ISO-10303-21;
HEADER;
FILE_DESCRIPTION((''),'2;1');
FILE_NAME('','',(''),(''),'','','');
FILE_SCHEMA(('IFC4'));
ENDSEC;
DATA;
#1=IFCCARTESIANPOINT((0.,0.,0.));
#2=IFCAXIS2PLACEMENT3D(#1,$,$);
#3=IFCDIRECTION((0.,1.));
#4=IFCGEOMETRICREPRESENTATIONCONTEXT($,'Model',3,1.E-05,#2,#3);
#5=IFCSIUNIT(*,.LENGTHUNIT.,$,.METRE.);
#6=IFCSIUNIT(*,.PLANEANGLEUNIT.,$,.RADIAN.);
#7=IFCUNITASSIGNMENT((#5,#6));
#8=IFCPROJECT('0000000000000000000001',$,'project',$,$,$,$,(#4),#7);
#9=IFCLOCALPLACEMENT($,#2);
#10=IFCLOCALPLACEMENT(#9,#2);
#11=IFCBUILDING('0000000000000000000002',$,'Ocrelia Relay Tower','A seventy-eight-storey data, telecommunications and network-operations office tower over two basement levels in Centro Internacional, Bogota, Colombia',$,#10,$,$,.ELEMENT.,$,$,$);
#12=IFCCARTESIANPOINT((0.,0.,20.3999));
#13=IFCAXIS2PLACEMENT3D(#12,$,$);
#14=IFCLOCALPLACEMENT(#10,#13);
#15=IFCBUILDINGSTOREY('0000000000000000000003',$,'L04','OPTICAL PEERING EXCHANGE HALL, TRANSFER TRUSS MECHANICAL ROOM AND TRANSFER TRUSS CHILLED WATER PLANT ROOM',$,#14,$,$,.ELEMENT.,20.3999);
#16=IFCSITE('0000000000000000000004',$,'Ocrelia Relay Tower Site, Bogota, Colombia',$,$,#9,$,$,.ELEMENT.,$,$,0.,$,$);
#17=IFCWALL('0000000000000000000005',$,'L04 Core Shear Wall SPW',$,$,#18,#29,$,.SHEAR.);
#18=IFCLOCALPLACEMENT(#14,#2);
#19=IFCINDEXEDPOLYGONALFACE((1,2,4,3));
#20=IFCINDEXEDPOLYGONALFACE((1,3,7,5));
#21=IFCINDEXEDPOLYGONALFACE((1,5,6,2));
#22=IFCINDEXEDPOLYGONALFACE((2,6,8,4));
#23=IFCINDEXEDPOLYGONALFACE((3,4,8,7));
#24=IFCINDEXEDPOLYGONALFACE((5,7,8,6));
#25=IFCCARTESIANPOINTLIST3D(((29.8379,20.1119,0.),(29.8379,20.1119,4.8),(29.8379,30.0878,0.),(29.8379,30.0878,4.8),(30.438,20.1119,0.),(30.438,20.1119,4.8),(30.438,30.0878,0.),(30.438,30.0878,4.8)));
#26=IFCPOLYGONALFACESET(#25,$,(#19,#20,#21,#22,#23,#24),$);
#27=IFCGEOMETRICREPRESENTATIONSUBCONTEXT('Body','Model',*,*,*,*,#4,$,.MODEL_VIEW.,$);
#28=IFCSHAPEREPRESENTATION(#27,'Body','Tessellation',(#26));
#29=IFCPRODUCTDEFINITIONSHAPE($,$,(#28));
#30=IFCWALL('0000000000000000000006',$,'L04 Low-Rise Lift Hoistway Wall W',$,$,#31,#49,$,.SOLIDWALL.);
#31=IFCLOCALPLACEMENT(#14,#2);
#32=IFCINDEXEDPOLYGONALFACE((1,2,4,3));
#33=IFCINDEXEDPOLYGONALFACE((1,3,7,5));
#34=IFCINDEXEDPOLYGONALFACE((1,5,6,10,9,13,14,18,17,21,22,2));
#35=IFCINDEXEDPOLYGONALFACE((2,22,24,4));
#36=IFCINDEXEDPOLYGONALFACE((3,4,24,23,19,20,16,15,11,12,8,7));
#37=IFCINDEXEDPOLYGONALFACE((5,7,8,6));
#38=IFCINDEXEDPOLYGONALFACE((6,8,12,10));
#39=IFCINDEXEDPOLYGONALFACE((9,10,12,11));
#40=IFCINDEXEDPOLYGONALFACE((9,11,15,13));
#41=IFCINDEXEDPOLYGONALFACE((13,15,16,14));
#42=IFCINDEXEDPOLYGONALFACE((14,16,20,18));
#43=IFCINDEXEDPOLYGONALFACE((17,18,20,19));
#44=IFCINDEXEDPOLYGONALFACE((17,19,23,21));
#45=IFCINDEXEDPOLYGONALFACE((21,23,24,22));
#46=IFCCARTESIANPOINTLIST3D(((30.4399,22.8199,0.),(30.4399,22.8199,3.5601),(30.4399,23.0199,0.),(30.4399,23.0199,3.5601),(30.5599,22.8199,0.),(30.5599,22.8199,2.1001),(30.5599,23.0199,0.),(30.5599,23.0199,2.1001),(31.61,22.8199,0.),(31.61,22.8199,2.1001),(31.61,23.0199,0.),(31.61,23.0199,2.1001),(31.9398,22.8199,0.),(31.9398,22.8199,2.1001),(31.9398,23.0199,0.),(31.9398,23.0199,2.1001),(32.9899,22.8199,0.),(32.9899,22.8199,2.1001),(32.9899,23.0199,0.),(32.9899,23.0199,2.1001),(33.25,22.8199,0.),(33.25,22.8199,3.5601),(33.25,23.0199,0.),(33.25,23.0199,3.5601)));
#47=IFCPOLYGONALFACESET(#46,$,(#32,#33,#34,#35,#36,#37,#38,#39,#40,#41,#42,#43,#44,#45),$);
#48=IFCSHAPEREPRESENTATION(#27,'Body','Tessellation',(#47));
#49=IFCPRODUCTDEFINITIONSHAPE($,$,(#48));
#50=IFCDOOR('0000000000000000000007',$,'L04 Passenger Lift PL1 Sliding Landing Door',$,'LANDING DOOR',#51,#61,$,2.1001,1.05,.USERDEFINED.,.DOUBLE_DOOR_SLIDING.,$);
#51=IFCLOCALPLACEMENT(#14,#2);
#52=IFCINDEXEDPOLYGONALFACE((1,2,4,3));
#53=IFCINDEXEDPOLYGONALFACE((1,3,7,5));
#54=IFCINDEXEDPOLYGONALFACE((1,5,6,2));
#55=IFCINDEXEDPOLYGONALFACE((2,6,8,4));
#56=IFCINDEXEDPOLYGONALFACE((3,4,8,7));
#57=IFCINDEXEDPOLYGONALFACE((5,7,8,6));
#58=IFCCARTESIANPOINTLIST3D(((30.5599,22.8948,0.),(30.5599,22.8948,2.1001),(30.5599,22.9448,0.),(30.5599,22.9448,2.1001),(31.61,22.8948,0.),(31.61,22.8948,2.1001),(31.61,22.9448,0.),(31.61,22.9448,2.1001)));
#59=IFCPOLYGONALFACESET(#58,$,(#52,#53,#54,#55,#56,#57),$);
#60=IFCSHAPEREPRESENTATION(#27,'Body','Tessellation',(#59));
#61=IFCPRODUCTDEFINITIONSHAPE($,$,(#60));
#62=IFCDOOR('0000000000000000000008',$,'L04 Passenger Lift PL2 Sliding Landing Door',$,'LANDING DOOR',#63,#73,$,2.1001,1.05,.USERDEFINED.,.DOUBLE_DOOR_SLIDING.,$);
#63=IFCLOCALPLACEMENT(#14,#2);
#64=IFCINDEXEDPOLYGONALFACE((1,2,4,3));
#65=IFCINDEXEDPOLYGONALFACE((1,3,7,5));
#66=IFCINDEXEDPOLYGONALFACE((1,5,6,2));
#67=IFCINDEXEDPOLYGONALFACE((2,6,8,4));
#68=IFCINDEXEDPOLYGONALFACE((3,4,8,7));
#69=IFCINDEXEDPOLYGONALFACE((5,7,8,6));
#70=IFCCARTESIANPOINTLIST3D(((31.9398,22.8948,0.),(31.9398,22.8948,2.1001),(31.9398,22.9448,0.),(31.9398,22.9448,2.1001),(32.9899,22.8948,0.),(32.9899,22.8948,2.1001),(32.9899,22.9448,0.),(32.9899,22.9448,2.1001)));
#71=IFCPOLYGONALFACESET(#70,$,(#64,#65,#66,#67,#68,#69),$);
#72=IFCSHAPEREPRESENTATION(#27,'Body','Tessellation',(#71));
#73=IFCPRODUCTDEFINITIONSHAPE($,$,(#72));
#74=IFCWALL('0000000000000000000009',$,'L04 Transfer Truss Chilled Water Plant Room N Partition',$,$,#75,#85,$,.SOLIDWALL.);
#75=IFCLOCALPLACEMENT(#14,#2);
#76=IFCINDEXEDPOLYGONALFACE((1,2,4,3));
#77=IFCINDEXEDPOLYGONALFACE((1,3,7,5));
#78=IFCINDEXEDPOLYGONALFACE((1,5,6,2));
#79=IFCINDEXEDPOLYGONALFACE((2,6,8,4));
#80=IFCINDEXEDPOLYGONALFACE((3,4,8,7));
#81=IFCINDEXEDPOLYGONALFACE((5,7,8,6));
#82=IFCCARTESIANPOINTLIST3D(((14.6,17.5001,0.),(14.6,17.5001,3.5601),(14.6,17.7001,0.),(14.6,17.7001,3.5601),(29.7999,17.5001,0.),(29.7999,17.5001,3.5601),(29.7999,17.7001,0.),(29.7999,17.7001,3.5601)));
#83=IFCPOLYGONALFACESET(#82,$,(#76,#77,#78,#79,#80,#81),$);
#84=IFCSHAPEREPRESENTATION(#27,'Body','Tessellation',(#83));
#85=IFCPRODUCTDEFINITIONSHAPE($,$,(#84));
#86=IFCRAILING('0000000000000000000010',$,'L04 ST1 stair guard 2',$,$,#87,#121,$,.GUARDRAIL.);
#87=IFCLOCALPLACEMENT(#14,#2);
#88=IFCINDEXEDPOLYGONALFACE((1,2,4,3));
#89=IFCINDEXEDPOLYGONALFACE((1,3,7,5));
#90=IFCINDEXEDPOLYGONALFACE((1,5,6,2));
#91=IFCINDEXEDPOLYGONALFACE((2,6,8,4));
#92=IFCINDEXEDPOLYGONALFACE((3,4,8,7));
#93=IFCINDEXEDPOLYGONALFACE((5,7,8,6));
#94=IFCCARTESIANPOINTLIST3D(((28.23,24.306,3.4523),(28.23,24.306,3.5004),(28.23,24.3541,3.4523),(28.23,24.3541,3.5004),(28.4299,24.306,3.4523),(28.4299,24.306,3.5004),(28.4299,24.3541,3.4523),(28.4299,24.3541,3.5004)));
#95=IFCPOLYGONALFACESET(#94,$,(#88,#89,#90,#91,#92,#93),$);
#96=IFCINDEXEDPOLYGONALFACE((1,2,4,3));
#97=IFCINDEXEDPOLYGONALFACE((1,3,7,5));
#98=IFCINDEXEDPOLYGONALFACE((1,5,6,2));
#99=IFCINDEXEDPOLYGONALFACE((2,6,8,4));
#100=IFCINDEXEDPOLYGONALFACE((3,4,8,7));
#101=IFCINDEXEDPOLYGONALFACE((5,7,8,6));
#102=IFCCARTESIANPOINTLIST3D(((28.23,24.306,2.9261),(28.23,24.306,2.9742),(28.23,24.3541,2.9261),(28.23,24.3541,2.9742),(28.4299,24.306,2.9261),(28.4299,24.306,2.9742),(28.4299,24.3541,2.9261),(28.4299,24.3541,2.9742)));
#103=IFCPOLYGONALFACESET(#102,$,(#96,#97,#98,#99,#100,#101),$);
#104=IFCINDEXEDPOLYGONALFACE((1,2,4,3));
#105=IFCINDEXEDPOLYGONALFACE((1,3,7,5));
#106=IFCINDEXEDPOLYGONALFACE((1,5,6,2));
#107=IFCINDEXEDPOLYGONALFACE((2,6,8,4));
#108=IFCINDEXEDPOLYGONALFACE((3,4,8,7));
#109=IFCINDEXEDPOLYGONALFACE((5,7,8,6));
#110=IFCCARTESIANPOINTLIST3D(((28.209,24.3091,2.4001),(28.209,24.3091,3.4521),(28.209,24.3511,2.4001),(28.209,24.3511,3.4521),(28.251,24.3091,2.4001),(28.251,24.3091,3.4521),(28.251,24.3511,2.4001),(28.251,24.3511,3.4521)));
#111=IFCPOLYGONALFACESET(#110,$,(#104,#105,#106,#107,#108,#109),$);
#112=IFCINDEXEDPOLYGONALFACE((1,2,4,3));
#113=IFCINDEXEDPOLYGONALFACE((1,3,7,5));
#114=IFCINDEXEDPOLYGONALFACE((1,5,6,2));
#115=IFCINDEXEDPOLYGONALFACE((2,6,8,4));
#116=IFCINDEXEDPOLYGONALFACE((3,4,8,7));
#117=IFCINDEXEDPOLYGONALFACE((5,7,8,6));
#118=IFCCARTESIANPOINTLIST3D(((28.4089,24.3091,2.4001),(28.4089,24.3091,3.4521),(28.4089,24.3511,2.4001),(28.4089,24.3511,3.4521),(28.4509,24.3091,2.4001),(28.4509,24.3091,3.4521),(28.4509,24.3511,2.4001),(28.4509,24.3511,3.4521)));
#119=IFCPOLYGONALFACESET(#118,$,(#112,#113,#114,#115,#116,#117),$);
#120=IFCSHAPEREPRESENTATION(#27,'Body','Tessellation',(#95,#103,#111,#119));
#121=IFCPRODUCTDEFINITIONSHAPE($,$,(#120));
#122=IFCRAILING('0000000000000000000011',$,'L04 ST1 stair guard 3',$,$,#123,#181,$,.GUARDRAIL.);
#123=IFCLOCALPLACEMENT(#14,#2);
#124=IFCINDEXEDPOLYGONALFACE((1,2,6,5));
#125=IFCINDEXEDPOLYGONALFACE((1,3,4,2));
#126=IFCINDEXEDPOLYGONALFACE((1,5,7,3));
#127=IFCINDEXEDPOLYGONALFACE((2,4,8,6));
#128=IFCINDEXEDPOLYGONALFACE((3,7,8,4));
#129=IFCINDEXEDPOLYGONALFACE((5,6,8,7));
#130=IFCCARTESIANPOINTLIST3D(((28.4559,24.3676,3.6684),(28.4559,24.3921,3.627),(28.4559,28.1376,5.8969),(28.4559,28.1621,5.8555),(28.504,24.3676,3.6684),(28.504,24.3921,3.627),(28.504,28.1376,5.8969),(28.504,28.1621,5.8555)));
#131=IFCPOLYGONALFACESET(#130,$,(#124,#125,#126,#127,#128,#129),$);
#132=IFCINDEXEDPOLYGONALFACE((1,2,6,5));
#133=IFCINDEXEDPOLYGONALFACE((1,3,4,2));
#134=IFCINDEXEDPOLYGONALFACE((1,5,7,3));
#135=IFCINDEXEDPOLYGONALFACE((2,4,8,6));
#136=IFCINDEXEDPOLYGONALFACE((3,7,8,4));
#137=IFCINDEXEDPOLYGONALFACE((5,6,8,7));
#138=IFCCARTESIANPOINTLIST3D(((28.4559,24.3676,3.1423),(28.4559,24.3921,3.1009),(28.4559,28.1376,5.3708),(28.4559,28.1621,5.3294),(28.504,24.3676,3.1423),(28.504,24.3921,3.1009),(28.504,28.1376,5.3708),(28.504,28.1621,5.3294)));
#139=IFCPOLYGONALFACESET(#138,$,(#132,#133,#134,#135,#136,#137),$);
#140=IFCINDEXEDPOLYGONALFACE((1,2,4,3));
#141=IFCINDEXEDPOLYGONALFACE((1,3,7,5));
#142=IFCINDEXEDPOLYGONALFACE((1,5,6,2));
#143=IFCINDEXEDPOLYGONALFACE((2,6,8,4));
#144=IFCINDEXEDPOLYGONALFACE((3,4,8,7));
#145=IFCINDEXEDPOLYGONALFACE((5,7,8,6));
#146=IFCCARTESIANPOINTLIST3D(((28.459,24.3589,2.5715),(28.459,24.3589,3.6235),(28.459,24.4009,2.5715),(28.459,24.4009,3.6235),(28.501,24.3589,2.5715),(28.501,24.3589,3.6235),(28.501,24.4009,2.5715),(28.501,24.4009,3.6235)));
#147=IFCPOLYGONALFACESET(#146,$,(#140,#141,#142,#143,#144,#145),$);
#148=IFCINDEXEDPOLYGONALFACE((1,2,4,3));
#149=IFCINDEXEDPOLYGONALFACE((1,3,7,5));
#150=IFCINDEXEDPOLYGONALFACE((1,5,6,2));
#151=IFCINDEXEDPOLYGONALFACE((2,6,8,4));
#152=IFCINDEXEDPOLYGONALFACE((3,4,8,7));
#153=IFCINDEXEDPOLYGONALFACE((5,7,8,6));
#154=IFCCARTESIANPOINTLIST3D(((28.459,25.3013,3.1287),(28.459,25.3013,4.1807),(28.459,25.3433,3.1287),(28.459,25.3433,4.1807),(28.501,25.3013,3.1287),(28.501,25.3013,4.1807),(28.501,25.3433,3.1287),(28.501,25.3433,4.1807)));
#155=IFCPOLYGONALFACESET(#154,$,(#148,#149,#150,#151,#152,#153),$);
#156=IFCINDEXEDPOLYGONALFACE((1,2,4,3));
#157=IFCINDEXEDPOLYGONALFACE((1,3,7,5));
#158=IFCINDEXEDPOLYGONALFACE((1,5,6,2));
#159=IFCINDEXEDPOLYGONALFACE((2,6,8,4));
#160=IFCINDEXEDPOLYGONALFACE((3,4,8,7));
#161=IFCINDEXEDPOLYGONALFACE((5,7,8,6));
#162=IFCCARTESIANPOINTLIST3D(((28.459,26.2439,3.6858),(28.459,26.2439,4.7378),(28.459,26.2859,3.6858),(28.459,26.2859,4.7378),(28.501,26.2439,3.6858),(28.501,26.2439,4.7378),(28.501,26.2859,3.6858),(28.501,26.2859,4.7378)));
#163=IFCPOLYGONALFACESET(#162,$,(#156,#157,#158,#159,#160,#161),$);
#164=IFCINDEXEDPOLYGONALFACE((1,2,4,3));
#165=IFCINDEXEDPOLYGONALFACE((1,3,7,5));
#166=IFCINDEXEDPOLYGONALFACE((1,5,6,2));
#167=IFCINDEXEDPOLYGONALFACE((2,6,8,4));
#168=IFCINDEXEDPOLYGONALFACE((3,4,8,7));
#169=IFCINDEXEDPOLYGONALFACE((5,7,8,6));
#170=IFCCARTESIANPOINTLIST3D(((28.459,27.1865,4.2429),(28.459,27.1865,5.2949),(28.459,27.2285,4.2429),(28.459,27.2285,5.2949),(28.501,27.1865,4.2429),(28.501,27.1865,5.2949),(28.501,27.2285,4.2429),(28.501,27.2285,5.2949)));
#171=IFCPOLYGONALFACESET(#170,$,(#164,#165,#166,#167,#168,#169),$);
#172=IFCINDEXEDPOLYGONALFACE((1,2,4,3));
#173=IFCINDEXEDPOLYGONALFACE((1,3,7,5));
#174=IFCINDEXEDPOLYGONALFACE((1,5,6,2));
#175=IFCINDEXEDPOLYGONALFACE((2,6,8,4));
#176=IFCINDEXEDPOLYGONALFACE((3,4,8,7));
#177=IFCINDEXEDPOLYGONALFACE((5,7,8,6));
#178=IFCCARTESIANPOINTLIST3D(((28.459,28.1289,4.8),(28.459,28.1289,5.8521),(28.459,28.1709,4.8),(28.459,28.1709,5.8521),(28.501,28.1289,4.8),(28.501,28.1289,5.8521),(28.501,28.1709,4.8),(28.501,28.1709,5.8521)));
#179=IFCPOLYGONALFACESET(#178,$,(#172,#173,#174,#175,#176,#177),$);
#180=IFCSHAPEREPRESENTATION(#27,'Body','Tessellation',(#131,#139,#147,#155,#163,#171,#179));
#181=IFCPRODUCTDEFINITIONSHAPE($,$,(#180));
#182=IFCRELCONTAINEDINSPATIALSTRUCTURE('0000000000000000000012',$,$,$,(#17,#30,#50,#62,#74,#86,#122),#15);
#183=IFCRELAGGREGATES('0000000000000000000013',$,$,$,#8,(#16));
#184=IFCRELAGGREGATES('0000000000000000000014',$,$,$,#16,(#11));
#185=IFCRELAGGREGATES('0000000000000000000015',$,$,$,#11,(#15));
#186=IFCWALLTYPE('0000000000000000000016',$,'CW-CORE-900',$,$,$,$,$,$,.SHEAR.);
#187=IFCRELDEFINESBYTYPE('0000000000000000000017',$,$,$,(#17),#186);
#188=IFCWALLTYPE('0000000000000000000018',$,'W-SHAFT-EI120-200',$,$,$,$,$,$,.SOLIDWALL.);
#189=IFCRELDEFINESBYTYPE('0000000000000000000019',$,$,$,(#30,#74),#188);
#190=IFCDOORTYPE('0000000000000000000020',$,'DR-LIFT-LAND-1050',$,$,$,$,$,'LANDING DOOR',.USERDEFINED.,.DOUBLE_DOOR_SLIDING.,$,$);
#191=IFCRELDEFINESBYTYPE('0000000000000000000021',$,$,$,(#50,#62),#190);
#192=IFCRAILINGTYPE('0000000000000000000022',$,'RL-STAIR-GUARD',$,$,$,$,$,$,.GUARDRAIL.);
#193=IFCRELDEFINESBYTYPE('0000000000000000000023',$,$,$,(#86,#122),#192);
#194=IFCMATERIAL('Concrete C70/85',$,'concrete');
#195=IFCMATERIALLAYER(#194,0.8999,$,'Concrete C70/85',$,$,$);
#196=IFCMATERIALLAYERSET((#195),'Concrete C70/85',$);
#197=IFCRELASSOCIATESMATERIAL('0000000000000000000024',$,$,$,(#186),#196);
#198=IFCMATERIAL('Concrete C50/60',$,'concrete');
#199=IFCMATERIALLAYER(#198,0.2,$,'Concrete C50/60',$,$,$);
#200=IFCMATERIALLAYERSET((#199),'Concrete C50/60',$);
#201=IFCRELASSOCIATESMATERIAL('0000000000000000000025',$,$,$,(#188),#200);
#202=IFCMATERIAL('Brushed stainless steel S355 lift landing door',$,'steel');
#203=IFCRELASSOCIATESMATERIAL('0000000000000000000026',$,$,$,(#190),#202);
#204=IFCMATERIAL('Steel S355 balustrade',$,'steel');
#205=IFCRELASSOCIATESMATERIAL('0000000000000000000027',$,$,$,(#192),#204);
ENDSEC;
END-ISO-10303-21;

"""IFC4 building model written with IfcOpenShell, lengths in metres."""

from ifc_helpers import new_model, si_unit, direction, frame, frame_2d, origin, origin_2d, place, context, subcontext, project, spatial, rectangle, extrude, material, layer, layer_set, type_object, element, fill, save


model = new_model("IFC4")

# Units and contexts
model_context = context("Model", 3, precision=1e-05, world=origin(), true_north=direction((0.0, 1.0)))
body_context = subcontext(model_context, "Body", "Model", "MODEL_VIEW")
ifc_project = project(units=[si_unit("LENGTHUNIT", "METRE"), si_unit("PLANEANGLEUNIT", "RADIAN")], contexts=[model_context])

# Site, building, storey
site_placement = place(None, origin())
site = spatial("IfcSite", under=ifc_project, at=site_placement, Name="Ocrelia Relay Tower Site, Bogota, Colombia", CompositionType="ELEMENT", RefElevation=0.0)
building_placement = place(site_placement, origin())
building = spatial("IfcBuilding", under=site, at=building_placement, Name="Ocrelia Relay Tower", Description="A seventy-eight-storey data, telecommunications and network-operations office tower over two basement levels in Centro Internacional, Bogota, Colombia", CompositionType="ELEMENT")
storey_placement = place(building_placement, frame((0.0, 0.0, 20.3999)))
storey = spatial("IfcBuildingStorey", under=building, at=storey_placement, Name="L04", Description="OPTICAL PEERING EXCHANGE HALL, TRANSFER TRUSS MECHANICAL ROOM AND TRANSFER TRUSS CHILLED WATER PLANT ROOM", CompositionType="ELEMENT", Elevation=20.3999)

# Shared definitions
ifc_material_1 = material(Name="Concrete C70/85", Category="concrete")

# Wall
ifc_layer_1 = layer(ifc_material_1, 0.8999, Name="Concrete C70/85")
ifc_layer_set_1 = layer_set([ifc_layer_1], Name="Concrete C70/85")
wall_type_1 = type_object("IfcWallType", Name="CW-CORE-900", PredefinedType="SHEAR", material=ifc_layer_set_1)
wall_1_placement = place(storey_placement, frame((30.1379, 20.1121, 0.0), z_axis=(0.0, 0.0, 1.0), x_axis=(0.0, 1.0, 0.0)))
element("IfcWall", 1, at=wall_1_placement, inside=storey, type_object=wall_type_1, Name="L04 Core Shear Wall SPW", PredefinedType="SHEAR", context=body_context, shape_type="SweptSolid", body=[
    extrude(rectangle(XDim=9.9758, YDim=0.6001, at=frame_2d((4.9878, 0.0))), origin(), (0.0, 0.0, 1.0), 4.8),
])

# Wall, openings, doors
ifc_material_2 = material(Name="Concrete C50/60", Category="concrete")
ifc_layer_2 = layer(ifc_material_2, 0.2, Name="Concrete C50/60")
ifc_layer_set_2 = layer_set([ifc_layer_2], Name="Concrete C50/60")
wall_type_2 = type_object("IfcWallType", Name="W-SHAFT-EI120-200", PredefinedType="SOLIDWALL", material=ifc_layer_set_2)
wall_2_placement = place(storey_placement, frame((30.4399, 22.9199, 0.0), z_axis=(0.0, 0.0, 1.0), x_axis=(1.0, 0.0, 0.0)))
wall_2 = element("IfcWall", 2, at=wall_2_placement, inside=storey, type_object=wall_type_2, Name="L04 Low-Rise Lift Hoistway Wall W", PredefinedType="SOLIDWALL", context=body_context, shape_type="SweptSolid", body=[
    extrude(rectangle(XDim=2.8101, YDim=0.2, at=frame_2d((1.405, 0.0))), origin(), (0.0, 0.0, 1.0), 3.5601),
])
opening_1_placement = place(wall_2_placement, frame((0.1201, 0.0, 0.0)))
opening_1 = element("IfcOpeningElement", 3, at=opening_1_placement, cuts=wall_2, PredefinedType="OPENING", context=body_context, shape_type="SweptSolid", body=[
    extrude(rectangle(XDim=1.05, YDim=2.1001, at=frame_2d((0.5249, 1.05))), frame((0.0, 0.1099, 0.0), z_axis=(0.0, -1.0, 0.0), x_axis=(1.0, 0.0, 0.0)), (0.0, 0.0, 1.0), 0.22),
])
opening_2_placement = place(wall_2_placement, frame((1.5, 0.0, 0.0)))
opening_2 = element("IfcOpeningElement", 4, at=opening_2_placement, cuts=wall_2, PredefinedType="OPENING", context=body_context, shape_type="SweptSolid", body=[
    extrude(rectangle(XDim=1.05, YDim=2.1001, at=frame_2d((0.5249, 1.05))), frame((0.0, 0.1099, 0.0), z_axis=(0.0, -1.0, 0.0), x_axis=(1.0, 0.0, 0.0)), (0.0, 0.0, 1.0), 0.22),
])
ifc_material_3 = material(Name="Brushed stainless steel S355 lift landing door", Category="steel")
door_type = type_object("IfcDoorType", Name="DR-LIFT-LAND-1050", ElementType="LANDING DOOR", OperationType="DOUBLE_DOOR_SLIDING", PredefinedType="USERDEFINED", material=ifc_material_3)
door_1_placement = place(opening_1_placement, origin())
door_1 = element("IfcDoor", 5, at=door_1_placement, inside=storey, type_object=door_type, Name="L04 Passenger Lift PL1 Sliding Landing Door", ObjectType="LANDING DOOR", OperationType="DOUBLE_DOOR_SLIDING", OverallHeight=2.1001, OverallWidth=1.05, PredefinedType="USERDEFINED", context=body_context, shape_type="SweptSolid", body=[
    extrude(rectangle(XDim=1.05, YDim=2.1001, at=frame_2d((0.5249, 1.05))), frame((0.0, 0.0249, 0.0), z_axis=(0.0, -1.0, 0.0), x_axis=(1.0, 0.0, 0.0)), (0.0, 0.0, 1.0), 0.05),
])
fill(opening_1, door_1)
door_2_placement = place(opening_2_placement, origin())
door_2 = element("IfcDoor", 6, at=door_2_placement, inside=storey, type_object=door_type, Name="L04 Passenger Lift PL2 Sliding Landing Door", ObjectType="LANDING DOOR", OperationType="DOUBLE_DOOR_SLIDING", OverallHeight=2.1001, OverallWidth=1.05, PredefinedType="USERDEFINED", context=body_context, shape_type="SweptSolid", body=[
    extrude(rectangle(XDim=1.05, YDim=2.1001, at=frame_2d((0.5249, 1.05))), frame((0.0, 0.0249, 0.0), z_axis=(0.0, -1.0, 0.0), x_axis=(1.0, 0.0, 0.0)), (0.0, 0.0, 1.0), 0.05),
])
fill(opening_2, door_2)

# Wall
wall_3_placement = place(storey_placement, frame((29.8, 17.6001, 0.0), z_axis=(0.0, 0.0, 1.0), x_axis=(-1.0, 0.0, 0.0)))
element("IfcWall", 7, at=wall_3_placement, inside=storey, type_object=wall_type_2, Name="L04 Transfer Truss Chilled Water Plant Room N Partition", PredefinedType="SOLIDWALL", context=body_context, shape_type="SweptSolid", body=[
    extrude(rectangle(XDim=15.2, YDim=0.2, at=frame_2d((7.6001, 0.0))), origin(), (0.0, 0.0, 1.0), 3.5601),
])

# Railings
ifc_material_4 = material(Name="Steel S355 balustrade", Category="steel")
railing_type = type_object("IfcRailingType", Name="RL-STAIR-GUARD", PredefinedType="GUARDRAIL", material=ifc_material_4)
railing_1_placement = place(storey_placement, frame((28.23, 24.3301, 2.4001)))
element("IfcRailing", 8, at=railing_1_placement, inside=storey, type_object=railing_type, Name="L04 ST1 stair guard 2", PredefinedType="GUARDRAIL", context=body_context, shape_type="SweptSolid", body=[
    extrude(rectangle(XDim=0.0481, YDim=0.0481, at=origin_2d()), frame((0.0, 0.0, 1.0762), z_axis=(1.0, 0.0, 0.0), x_axis=(0.0, 1.0, 0.0)), (0.0, 0.0, 1.0), 0.2),
    extrude(rectangle(XDim=0.0481, YDim=0.0481, at=origin_2d()), frame((0.0, 0.0, 0.55), z_axis=(1.0, 0.0, 0.0), x_axis=(0.0, 1.0, 0.0)), (0.0, 0.0, 1.0), 0.2),
    extrude(rectangle(XDim=0.042, YDim=0.042, at=origin_2d()), origin(), (0.0, 0.0, 1.0), 1.052),
    extrude(rectangle(XDim=0.042, YDim=0.042, at=origin_2d()), frame((0.2, 0.0, 0.0)), (0.0, 0.0, 1.0), 1.052),
])
railing_2_placement = place(storey_placement, frame((28.48, 24.3799, 2.5715)))
element("IfcRailing", 9, at=railing_2_placement, inside=storey, type_object=railing_type, Name="L04 ST1 stair guard 3", PredefinedType="GUARDRAIL", context=body_context, shape_type="SweptSolid", body=[
    extrude(rectangle(XDim=0.0481, YDim=0.0481, at=origin_2d()), frame((0.0, 0.0, 1.0762), z_axis=(0.0, 0.860849, 0.508861), x_axis=(-1.0, 0.0, 0.0)), (0.0, 0.0, 1.0), 4.3794),
    extrude(rectangle(XDim=0.0481, YDim=0.0481, at=origin_2d()), frame((0.0, 0.0, 0.55), z_axis=(0.0, 0.860849, 0.508861), x_axis=(-1.0, 0.0, 0.0)), (0.0, 0.0, 1.0), 4.3794),
    extrude(rectangle(XDim=0.042, YDim=0.042, at=origin_2d()), origin(), (0.0, 0.0, 1.0), 1.052),
    extrude(rectangle(XDim=0.042, YDim=0.042, at=origin_2d()), frame((0.0, 0.9424, 0.5571)), (0.0, 0.0, 1.0), 1.052),
    extrude(rectangle(XDim=0.042, YDim=0.042, at=origin_2d()), frame((0.0, 1.885, 1.1143)), (0.0, 0.0, 1.0), 1.052),
    extrude(rectangle(XDim=0.042, YDim=0.042, at=origin_2d()), frame((0.0, 2.8276, 1.6714)), (0.0, 0.0, 1.0), 1.052),
    extrude(rectangle(XDim=0.042, YDim=0.042, at=origin_2d()), frame((0.0, 3.77, 2.2285)), (0.0, 0.0, 1.0), 1.052),
])

save(model, "model.ifc")
